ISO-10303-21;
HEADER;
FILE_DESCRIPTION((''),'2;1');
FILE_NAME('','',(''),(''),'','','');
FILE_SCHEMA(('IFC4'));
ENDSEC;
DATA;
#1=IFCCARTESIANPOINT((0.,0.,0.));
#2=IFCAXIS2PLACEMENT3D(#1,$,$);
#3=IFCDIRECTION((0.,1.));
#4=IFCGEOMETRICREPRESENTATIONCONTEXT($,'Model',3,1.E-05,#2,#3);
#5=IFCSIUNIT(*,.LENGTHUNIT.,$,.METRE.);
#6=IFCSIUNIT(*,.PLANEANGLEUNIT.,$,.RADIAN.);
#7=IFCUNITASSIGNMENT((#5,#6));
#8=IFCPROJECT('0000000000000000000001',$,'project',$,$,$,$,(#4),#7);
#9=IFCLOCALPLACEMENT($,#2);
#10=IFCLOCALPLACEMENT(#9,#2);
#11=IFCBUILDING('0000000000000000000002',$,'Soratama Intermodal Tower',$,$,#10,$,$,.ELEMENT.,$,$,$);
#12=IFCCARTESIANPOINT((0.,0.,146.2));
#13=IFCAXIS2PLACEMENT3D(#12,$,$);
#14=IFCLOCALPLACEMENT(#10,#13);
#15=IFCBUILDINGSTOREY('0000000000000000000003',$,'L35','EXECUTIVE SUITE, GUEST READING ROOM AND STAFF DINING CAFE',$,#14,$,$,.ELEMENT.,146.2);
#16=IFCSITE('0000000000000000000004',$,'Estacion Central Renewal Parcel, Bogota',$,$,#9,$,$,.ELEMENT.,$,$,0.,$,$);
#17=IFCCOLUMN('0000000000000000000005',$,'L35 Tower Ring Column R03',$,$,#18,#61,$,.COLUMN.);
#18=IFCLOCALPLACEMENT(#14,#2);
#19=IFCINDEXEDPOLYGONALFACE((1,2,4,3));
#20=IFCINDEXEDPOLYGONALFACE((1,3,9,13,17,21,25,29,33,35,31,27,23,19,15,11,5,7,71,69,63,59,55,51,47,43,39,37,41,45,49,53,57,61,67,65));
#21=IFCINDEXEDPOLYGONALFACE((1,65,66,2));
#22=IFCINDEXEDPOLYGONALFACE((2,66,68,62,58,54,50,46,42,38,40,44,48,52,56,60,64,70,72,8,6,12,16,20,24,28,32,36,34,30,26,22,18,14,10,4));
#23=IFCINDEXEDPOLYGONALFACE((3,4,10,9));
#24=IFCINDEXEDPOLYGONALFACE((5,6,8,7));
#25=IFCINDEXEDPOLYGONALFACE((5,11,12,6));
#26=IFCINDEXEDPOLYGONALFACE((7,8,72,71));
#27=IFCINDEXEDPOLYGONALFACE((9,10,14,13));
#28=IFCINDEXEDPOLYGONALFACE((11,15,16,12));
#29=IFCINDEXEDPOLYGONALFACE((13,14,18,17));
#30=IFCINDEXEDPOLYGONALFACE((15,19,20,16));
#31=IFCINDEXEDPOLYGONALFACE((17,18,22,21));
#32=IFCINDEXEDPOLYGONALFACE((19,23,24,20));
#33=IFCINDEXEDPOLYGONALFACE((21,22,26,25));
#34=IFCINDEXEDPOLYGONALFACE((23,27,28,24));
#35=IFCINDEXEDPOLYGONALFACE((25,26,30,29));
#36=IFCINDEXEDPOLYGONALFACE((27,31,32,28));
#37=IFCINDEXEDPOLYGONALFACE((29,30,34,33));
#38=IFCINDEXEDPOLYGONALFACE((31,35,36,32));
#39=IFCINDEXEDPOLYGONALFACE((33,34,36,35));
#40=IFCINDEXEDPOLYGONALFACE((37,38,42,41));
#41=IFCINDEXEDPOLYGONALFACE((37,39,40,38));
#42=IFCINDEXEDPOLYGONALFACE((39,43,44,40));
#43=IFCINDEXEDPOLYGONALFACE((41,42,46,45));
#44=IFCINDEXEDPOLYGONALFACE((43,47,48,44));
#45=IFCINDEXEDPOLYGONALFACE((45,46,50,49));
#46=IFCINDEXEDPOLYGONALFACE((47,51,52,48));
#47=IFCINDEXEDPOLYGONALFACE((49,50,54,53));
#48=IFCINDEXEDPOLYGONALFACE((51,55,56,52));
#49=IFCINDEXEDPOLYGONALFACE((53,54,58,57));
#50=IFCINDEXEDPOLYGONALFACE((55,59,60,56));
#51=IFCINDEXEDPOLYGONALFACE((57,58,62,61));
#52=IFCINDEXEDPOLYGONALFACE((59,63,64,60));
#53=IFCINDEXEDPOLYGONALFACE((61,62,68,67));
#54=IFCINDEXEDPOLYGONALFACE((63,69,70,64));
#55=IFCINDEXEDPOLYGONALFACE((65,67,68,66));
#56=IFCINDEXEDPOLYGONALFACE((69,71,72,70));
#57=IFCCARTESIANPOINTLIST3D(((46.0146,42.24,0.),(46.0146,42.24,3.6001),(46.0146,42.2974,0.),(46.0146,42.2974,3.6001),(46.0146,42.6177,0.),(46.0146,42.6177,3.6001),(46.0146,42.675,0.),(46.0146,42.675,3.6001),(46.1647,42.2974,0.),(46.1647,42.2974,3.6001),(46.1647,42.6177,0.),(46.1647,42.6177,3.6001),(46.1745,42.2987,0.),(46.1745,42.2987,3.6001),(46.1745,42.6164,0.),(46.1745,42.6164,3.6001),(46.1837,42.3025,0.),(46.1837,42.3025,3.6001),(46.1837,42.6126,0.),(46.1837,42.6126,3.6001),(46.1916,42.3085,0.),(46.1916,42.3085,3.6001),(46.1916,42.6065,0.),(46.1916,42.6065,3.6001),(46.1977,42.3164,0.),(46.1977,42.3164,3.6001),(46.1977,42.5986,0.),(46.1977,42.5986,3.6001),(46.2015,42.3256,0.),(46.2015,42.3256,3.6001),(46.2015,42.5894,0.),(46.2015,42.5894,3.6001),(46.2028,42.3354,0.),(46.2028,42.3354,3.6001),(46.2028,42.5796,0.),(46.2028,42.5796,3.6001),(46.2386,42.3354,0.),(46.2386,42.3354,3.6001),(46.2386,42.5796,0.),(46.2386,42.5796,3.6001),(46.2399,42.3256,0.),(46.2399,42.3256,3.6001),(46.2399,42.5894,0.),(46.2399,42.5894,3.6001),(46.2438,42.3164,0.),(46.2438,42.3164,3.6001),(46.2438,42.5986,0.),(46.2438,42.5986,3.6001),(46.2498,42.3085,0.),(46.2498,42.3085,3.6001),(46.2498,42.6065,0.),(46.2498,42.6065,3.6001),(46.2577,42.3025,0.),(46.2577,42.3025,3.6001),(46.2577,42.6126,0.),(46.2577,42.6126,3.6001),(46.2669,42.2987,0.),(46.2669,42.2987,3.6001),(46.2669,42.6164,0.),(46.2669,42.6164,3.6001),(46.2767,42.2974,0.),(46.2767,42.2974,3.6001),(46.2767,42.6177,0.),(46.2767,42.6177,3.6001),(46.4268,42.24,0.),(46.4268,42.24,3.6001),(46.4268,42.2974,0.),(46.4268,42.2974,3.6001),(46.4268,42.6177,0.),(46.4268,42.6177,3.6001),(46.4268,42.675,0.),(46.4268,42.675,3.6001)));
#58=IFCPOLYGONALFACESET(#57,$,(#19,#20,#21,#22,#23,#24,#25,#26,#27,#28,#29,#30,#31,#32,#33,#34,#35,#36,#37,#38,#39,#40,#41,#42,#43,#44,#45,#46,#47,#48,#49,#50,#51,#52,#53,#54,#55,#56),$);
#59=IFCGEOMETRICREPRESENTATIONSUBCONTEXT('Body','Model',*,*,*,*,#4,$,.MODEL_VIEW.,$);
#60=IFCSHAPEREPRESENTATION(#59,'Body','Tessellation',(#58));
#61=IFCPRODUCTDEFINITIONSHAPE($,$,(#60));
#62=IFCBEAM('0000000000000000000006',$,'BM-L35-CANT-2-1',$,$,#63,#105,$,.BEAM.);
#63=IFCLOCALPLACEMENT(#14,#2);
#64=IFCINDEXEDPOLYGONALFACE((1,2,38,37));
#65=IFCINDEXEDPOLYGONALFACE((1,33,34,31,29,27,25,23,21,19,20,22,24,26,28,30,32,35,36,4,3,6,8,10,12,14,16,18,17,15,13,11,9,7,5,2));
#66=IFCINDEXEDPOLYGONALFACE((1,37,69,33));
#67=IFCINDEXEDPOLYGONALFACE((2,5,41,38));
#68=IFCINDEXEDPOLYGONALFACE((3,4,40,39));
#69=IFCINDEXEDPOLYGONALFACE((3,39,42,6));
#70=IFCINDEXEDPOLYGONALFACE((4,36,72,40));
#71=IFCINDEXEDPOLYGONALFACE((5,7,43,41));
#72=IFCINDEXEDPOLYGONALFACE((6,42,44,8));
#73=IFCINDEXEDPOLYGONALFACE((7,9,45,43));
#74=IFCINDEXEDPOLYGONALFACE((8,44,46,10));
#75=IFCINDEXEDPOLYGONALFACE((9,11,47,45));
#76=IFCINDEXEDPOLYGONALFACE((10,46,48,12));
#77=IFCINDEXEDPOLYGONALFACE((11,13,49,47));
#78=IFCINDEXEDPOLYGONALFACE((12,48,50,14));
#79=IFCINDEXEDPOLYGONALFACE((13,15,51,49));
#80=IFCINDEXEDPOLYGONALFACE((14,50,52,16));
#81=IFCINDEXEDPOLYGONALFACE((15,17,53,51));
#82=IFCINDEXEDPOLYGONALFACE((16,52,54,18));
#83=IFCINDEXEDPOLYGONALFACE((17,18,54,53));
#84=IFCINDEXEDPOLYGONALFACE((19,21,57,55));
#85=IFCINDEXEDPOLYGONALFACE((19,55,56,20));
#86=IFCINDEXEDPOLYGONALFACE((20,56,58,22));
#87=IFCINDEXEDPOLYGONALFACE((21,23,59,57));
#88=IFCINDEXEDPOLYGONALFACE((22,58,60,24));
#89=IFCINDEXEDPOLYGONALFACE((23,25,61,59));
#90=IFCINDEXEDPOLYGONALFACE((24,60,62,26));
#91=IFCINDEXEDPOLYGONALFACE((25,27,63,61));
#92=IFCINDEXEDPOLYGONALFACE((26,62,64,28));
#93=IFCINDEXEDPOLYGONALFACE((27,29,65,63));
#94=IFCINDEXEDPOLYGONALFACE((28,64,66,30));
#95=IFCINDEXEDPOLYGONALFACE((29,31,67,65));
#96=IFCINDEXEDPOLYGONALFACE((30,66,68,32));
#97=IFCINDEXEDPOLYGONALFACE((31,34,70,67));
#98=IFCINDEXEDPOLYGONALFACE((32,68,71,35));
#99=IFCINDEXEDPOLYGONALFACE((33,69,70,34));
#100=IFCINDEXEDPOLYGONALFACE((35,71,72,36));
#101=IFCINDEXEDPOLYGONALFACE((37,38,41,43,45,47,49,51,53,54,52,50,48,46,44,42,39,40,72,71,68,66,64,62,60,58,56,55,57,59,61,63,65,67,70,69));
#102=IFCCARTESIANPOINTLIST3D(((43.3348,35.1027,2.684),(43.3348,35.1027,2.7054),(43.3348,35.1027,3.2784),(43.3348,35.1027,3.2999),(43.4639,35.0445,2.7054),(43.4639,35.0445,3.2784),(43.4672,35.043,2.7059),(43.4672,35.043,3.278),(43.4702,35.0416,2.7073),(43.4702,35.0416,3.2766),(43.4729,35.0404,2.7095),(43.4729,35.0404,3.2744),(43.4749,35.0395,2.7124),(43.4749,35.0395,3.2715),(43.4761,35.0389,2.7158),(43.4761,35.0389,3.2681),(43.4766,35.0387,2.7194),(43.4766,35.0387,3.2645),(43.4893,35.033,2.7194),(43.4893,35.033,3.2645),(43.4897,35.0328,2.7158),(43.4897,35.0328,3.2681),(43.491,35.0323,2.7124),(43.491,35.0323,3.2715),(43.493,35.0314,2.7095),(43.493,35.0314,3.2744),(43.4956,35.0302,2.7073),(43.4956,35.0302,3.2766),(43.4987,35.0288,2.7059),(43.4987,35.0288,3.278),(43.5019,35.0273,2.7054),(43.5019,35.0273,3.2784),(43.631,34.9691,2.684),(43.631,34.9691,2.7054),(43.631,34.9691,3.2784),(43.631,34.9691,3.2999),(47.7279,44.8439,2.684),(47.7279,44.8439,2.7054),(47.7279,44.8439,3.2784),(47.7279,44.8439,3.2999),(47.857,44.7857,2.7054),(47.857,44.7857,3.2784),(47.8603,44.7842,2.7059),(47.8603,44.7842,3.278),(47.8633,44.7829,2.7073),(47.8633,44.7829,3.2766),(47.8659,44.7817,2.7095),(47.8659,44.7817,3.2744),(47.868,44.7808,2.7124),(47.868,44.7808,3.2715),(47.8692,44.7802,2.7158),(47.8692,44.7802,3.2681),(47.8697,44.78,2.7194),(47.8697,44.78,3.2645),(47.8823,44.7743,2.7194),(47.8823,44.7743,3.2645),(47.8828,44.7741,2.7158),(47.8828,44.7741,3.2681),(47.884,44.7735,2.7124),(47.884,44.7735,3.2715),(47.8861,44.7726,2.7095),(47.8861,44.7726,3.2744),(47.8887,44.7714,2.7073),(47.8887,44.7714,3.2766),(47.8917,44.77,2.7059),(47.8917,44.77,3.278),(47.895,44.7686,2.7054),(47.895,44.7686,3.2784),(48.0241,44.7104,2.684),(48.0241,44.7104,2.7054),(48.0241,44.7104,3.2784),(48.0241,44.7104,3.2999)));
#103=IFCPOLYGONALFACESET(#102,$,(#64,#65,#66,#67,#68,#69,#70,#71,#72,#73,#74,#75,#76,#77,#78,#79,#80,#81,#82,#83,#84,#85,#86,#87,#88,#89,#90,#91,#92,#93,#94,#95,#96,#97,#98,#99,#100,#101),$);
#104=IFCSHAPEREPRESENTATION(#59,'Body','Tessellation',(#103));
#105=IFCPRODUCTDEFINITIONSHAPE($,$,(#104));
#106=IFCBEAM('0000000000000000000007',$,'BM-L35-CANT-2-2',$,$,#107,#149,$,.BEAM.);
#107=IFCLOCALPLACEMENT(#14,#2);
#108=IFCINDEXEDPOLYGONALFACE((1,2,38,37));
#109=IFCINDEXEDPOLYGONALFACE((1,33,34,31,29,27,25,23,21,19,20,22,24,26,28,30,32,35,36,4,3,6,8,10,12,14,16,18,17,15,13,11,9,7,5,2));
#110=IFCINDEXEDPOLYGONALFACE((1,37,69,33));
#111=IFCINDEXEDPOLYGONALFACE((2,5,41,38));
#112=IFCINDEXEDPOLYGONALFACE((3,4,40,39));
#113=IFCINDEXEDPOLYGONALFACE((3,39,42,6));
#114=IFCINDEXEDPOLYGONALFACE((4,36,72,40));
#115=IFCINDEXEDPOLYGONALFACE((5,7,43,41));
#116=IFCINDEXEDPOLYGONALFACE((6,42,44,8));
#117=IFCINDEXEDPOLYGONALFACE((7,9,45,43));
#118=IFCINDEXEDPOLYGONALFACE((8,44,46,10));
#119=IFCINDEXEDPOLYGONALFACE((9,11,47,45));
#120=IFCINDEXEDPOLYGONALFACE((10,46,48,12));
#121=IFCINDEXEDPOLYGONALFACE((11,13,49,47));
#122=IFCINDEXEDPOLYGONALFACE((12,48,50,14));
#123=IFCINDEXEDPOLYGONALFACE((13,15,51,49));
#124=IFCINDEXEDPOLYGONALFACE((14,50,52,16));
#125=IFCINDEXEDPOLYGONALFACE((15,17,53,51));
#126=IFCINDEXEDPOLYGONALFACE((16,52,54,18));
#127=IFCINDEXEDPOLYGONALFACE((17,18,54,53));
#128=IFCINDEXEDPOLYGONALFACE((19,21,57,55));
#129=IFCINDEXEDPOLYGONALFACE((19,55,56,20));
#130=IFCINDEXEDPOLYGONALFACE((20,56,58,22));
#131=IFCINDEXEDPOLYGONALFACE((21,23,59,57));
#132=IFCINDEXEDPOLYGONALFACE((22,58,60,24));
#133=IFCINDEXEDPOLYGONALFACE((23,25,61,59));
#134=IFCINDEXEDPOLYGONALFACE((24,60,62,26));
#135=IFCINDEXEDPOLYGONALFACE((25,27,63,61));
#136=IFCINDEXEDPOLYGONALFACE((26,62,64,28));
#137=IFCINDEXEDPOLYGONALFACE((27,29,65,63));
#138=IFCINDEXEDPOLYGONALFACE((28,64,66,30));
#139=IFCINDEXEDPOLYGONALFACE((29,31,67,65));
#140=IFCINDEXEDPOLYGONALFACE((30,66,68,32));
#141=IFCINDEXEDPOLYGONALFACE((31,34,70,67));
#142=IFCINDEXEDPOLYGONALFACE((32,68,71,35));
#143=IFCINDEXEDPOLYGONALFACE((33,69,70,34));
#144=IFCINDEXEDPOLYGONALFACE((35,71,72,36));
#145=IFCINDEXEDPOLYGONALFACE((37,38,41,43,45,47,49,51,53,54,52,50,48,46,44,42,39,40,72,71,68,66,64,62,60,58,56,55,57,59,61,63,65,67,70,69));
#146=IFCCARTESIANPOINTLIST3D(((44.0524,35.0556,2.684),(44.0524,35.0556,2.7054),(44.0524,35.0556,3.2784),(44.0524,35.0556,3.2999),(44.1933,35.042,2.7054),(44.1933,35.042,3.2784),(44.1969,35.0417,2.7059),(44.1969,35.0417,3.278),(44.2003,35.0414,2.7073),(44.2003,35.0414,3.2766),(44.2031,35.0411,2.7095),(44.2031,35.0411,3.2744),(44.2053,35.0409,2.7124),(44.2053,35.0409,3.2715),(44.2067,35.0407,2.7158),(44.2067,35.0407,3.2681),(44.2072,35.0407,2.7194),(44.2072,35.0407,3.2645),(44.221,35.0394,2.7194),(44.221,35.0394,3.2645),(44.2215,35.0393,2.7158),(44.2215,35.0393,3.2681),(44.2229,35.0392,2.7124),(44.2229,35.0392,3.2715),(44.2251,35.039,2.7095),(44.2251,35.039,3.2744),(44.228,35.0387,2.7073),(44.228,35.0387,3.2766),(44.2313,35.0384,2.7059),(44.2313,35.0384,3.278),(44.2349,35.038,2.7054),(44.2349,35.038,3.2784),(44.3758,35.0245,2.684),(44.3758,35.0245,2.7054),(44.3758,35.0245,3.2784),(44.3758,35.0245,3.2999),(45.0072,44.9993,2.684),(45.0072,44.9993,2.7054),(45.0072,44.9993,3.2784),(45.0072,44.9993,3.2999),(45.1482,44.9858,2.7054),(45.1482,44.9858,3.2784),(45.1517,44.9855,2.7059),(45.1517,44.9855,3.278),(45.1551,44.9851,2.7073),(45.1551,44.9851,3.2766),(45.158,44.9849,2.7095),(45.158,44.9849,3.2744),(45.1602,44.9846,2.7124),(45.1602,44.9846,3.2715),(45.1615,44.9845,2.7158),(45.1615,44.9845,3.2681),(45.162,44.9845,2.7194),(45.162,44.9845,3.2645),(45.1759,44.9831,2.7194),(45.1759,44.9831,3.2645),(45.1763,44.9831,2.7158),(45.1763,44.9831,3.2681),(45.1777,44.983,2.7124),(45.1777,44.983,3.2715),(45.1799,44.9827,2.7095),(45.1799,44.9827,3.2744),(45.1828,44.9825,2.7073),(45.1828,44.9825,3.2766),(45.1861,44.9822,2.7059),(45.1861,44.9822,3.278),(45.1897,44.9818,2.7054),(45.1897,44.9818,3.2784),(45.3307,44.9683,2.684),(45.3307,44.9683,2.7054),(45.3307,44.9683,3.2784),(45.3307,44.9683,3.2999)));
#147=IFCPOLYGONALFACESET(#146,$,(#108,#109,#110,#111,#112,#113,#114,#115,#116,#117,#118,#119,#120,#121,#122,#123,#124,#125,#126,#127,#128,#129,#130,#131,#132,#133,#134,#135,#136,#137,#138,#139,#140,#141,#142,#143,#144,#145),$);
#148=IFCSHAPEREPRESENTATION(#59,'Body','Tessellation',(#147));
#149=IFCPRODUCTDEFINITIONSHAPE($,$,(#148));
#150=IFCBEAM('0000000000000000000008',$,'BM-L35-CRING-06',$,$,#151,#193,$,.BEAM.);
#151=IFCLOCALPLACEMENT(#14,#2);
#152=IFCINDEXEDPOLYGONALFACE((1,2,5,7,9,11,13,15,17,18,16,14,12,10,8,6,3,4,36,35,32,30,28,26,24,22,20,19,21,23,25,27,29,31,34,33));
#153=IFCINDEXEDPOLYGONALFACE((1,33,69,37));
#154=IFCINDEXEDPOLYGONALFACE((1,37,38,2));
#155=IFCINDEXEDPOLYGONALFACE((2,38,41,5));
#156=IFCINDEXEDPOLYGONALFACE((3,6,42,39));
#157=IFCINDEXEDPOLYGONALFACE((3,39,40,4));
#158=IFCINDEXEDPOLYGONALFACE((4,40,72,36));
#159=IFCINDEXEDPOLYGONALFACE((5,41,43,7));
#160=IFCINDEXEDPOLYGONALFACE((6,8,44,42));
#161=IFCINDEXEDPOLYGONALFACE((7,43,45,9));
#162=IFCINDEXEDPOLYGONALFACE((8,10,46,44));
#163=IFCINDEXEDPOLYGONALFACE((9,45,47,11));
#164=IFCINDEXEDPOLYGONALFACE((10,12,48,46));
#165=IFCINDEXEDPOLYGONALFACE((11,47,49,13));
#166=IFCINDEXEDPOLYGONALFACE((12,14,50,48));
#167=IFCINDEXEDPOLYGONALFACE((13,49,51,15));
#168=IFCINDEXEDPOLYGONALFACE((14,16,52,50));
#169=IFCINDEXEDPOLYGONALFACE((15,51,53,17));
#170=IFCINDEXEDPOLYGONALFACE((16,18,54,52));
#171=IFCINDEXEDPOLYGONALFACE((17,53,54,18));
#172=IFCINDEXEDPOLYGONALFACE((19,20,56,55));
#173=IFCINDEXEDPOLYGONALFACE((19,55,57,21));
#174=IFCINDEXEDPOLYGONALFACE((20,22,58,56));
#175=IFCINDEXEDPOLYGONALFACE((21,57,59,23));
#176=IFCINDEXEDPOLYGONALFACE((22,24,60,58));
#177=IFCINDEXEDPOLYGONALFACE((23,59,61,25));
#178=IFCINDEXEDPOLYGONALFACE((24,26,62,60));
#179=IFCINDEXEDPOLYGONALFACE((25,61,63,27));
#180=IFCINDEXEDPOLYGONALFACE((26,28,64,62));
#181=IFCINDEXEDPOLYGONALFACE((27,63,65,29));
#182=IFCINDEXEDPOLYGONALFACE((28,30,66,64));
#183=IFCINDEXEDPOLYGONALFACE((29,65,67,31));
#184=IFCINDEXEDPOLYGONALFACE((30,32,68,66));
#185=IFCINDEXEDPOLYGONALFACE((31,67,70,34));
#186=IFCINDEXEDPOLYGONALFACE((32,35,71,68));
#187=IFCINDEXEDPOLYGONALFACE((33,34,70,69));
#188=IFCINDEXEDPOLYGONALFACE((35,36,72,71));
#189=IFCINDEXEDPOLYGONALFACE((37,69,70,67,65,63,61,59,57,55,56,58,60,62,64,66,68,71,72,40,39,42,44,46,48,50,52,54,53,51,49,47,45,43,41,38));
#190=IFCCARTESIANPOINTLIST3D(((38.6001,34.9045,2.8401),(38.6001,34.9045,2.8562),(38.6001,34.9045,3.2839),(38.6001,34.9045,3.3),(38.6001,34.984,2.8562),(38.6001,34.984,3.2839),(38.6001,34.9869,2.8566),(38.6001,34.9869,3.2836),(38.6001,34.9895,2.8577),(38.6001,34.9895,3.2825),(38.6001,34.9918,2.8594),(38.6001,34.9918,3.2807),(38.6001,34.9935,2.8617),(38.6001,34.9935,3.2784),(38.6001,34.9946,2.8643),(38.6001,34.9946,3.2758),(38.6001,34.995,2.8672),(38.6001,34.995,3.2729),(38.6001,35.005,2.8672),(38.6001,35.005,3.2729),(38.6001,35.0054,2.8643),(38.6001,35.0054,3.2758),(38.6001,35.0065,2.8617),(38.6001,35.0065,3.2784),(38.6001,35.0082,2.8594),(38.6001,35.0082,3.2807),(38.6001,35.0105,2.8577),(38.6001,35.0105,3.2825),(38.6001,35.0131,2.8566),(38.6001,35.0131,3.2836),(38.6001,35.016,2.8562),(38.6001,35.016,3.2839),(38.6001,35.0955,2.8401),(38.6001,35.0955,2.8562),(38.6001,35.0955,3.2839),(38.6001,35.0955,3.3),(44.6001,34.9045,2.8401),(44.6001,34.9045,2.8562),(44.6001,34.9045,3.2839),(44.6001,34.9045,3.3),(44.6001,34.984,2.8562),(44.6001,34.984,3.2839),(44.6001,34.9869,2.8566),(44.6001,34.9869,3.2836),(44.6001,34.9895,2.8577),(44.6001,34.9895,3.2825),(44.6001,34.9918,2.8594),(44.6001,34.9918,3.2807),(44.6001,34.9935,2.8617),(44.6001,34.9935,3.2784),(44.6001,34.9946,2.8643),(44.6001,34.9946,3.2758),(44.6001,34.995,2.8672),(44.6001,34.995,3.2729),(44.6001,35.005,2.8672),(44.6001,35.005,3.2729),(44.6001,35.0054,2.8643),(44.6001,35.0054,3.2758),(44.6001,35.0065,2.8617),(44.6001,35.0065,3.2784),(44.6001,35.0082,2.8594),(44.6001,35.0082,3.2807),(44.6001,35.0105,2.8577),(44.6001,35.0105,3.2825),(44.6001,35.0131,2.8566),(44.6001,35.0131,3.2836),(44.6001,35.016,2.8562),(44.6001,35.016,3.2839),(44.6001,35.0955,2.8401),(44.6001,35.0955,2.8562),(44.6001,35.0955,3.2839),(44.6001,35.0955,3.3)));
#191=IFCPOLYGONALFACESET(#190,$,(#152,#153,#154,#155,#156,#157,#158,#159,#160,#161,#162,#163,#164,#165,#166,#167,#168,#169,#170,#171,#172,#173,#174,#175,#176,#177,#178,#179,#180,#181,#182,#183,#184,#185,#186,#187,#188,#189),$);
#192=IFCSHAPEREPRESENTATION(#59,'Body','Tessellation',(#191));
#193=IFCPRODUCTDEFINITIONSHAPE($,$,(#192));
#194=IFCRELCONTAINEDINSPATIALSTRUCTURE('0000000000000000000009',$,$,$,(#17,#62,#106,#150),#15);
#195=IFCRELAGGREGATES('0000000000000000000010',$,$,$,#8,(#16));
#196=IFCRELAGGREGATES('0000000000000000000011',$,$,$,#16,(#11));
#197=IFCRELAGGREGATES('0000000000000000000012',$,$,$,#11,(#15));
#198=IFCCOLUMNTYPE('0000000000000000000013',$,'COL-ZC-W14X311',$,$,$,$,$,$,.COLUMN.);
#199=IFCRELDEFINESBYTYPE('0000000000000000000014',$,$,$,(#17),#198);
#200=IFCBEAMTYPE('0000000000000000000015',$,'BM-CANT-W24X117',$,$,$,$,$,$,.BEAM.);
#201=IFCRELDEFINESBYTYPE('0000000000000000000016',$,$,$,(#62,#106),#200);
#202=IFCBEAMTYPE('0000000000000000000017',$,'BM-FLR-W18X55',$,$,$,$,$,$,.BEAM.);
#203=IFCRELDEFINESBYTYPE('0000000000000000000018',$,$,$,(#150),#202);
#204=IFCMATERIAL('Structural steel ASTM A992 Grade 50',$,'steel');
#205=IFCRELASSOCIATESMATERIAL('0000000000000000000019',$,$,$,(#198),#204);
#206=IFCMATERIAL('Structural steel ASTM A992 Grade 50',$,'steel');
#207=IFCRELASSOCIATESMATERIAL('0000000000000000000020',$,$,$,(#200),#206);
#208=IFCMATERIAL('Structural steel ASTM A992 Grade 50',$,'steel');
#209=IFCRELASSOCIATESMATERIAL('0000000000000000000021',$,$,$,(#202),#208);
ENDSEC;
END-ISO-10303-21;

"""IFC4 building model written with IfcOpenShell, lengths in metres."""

from ifc_helpers import new_model, si_unit, direction, frame, origin, origin_2d, place, context, subcontext, project, spatial, i_section, extrude, material, material_profile, profile_set, type_object, element, save


model = new_model("IFC4")

# Units and contexts
model_context = context("Model", 3, precision=1e-05, world=origin(), true_north=direction((0.0, 1.0)))
body_context = subcontext(model_context, "Body", "Model", "MODEL_VIEW")
ifc_project = project(units=[si_unit("LENGTHUNIT", "METRE"), si_unit("PLANEANGLEUNIT", "RADIAN")], contexts=[model_context])

# Site, building, storey
site_placement = place(None, origin())
site = spatial("IfcSite", under=ifc_project, at=site_placement, Name="Estacion Central Renewal Parcel, Bogota", CompositionType="ELEMENT", RefElevation=0.0)
building_placement = place(site_placement, origin())
building = spatial("IfcBuilding", under=site, at=building_placement, Name="Soratama Intermodal Tower", CompositionType="ELEMENT")
storey_placement = place(building_placement, frame((0.0, 0.0, 146.2)))
storey = spatial("IfcBuildingStorey", under=building, at=storey_placement, Name="L35", Description="EXECUTIVE SUITE, GUEST READING ROOM AND STAFF DINING CAFE", CompositionType="ELEMENT", Elevation=146.2)

# Column
ifc_material_1 = material(Name="Structural steel ASTM A992 Grade 50", Category="steel")
ifc_material_profile_1 = material_profile(ifc_material_1, i_section(OverallWidth=0.4121, OverallDepth=0.4351, WebThickness=0.0359, FlangeThickness=0.0574, FilletRadius=0.0381, at=origin_2d()), Name="W14X311")
ifc_profile_set_1 = profile_set([ifc_material_profile_1], Name="Structural steel ASTM A992 Grade 50")
column_type = type_object("IfcColumnType", Name="COL-ZC-W14X311", PredefinedType="COLUMN", material=ifc_profile_set_1)
column_placement = place(storey_placement, frame((46.2207, 42.4575, 0.0), z_axis=(0.0, 0.0, 1.0), x_axis=(1.0, 0.0, 0.0)))
element("IfcColumn", 1, at=column_placement, inside=storey, type_object=column_type, Name="L35 Tower Ring Column R03", PredefinedType="COLUMN", context=body_context, shape_type="SweptSolid", body=[
    extrude(i_section(OverallWidth=0.4121, OverallDepth=0.4351, WebThickness=0.0359, FlangeThickness=0.0574, FilletRadius=0.0381, at=origin_2d()), origin(), (0.0, 0.0, 1.0), 3.6001),
])

# Beams
ifc_material_2 = material(Name="Structural steel ASTM A992 Grade 50", Category="steel")
ifc_material_profile_2 = material_profile(ifc_material_2, i_section(OverallWidth=0.325, OverallDepth=0.616, WebThickness=0.0139, FlangeThickness=0.0215, FilletRadius=0.0139, at=origin_2d()), Name="W24X117")
ifc_profile_set_2 = profile_set([ifc_material_profile_2], Name="Structural steel ASTM A992 Grade 50")
beam_type_1 = type_object("IfcBeamType", Name="BM-CANT-W24X117", PredefinedType="BEAM", material=ifc_profile_set_2)
beam_1_placement = place(storey_placement, frame((43.4829, 35.0359, 2.9919), z_axis=(0.411106, 0.911588, 0.0), x_axis=(-0.911588, 0.411106, 0.0)))
element("IfcBeam", 2, at=beam_1_placement, inside=storey, type_object=beam_type_1, Name="BM-L35-CANT-2-1", PredefinedType="BEAM", context=body_context, shape_type="SweptSolid", body=[
    extrude(i_section(OverallWidth=0.325, OverallDepth=0.616, WebThickness=0.0139, FlangeThickness=0.0215, FilletRadius=0.0139, at=origin_2d()), origin(), (0.0, 0.0, 1.0), 10.686),
])
beam_2_placement = place(storey_placement, frame((44.2141, 35.04, 2.9919), z_axis=(0.095583, 0.995421, 0.0), x_axis=(-0.995421, 0.095583, 0.0)))
element("IfcBeam", 3, at=beam_2_placement, inside=storey, type_object=beam_type_1, Name="BM-L35-CANT-2-2", PredefinedType="BEAM", context=body_context, shape_type="SweptSolid", body=[
    extrude(i_section(OverallWidth=0.325, OverallDepth=0.616, WebThickness=0.0139, FlangeThickness=0.0215, FilletRadius=0.0139, at=origin_2d()), origin(), (0.0, 0.0, 1.0), 9.9895),
])
ifc_material_3 = material(Name="Structural steel ASTM A992 Grade 50", Category="steel")
ifc_material_profile_3 = material_profile(ifc_material_3, i_section(OverallWidth=0.1909, OverallDepth=0.46, WebThickness=0.01, FlangeThickness=0.0161, FilletRadius=0.011, at=origin_2d()), Name="W18X55")
ifc_profile_set_3 = profile_set([ifc_material_profile_3], Name="Structural steel ASTM A992 Grade 50")
beam_type_2 = type_object("IfcBeamType", Name="BM-FLR-W18X55", PredefinedType="BEAM", material=ifc_profile_set_3)
beam_3_placement = place(storey_placement, frame((44.6001, 35.0, 3.0701), z_axis=(-1.0, 0.0, 0.0), x_axis=(0.0, -1.0, 0.0)))
element("IfcBeam", 4, at=beam_3_placement, inside=storey, type_object=beam_type_2, Name="BM-L35-CRING-06", PredefinedType="BEAM", context=body_context, shape_type="SweptSolid", body=[
    extrude(i_section(OverallWidth=0.1909, OverallDepth=0.46, WebThickness=0.01, FlangeThickness=0.0161, FilletRadius=0.011, at=origin_2d()), origin(), (0.0, 0.0, 1.0), 6.0),
])

save(model, "model.ifc")
